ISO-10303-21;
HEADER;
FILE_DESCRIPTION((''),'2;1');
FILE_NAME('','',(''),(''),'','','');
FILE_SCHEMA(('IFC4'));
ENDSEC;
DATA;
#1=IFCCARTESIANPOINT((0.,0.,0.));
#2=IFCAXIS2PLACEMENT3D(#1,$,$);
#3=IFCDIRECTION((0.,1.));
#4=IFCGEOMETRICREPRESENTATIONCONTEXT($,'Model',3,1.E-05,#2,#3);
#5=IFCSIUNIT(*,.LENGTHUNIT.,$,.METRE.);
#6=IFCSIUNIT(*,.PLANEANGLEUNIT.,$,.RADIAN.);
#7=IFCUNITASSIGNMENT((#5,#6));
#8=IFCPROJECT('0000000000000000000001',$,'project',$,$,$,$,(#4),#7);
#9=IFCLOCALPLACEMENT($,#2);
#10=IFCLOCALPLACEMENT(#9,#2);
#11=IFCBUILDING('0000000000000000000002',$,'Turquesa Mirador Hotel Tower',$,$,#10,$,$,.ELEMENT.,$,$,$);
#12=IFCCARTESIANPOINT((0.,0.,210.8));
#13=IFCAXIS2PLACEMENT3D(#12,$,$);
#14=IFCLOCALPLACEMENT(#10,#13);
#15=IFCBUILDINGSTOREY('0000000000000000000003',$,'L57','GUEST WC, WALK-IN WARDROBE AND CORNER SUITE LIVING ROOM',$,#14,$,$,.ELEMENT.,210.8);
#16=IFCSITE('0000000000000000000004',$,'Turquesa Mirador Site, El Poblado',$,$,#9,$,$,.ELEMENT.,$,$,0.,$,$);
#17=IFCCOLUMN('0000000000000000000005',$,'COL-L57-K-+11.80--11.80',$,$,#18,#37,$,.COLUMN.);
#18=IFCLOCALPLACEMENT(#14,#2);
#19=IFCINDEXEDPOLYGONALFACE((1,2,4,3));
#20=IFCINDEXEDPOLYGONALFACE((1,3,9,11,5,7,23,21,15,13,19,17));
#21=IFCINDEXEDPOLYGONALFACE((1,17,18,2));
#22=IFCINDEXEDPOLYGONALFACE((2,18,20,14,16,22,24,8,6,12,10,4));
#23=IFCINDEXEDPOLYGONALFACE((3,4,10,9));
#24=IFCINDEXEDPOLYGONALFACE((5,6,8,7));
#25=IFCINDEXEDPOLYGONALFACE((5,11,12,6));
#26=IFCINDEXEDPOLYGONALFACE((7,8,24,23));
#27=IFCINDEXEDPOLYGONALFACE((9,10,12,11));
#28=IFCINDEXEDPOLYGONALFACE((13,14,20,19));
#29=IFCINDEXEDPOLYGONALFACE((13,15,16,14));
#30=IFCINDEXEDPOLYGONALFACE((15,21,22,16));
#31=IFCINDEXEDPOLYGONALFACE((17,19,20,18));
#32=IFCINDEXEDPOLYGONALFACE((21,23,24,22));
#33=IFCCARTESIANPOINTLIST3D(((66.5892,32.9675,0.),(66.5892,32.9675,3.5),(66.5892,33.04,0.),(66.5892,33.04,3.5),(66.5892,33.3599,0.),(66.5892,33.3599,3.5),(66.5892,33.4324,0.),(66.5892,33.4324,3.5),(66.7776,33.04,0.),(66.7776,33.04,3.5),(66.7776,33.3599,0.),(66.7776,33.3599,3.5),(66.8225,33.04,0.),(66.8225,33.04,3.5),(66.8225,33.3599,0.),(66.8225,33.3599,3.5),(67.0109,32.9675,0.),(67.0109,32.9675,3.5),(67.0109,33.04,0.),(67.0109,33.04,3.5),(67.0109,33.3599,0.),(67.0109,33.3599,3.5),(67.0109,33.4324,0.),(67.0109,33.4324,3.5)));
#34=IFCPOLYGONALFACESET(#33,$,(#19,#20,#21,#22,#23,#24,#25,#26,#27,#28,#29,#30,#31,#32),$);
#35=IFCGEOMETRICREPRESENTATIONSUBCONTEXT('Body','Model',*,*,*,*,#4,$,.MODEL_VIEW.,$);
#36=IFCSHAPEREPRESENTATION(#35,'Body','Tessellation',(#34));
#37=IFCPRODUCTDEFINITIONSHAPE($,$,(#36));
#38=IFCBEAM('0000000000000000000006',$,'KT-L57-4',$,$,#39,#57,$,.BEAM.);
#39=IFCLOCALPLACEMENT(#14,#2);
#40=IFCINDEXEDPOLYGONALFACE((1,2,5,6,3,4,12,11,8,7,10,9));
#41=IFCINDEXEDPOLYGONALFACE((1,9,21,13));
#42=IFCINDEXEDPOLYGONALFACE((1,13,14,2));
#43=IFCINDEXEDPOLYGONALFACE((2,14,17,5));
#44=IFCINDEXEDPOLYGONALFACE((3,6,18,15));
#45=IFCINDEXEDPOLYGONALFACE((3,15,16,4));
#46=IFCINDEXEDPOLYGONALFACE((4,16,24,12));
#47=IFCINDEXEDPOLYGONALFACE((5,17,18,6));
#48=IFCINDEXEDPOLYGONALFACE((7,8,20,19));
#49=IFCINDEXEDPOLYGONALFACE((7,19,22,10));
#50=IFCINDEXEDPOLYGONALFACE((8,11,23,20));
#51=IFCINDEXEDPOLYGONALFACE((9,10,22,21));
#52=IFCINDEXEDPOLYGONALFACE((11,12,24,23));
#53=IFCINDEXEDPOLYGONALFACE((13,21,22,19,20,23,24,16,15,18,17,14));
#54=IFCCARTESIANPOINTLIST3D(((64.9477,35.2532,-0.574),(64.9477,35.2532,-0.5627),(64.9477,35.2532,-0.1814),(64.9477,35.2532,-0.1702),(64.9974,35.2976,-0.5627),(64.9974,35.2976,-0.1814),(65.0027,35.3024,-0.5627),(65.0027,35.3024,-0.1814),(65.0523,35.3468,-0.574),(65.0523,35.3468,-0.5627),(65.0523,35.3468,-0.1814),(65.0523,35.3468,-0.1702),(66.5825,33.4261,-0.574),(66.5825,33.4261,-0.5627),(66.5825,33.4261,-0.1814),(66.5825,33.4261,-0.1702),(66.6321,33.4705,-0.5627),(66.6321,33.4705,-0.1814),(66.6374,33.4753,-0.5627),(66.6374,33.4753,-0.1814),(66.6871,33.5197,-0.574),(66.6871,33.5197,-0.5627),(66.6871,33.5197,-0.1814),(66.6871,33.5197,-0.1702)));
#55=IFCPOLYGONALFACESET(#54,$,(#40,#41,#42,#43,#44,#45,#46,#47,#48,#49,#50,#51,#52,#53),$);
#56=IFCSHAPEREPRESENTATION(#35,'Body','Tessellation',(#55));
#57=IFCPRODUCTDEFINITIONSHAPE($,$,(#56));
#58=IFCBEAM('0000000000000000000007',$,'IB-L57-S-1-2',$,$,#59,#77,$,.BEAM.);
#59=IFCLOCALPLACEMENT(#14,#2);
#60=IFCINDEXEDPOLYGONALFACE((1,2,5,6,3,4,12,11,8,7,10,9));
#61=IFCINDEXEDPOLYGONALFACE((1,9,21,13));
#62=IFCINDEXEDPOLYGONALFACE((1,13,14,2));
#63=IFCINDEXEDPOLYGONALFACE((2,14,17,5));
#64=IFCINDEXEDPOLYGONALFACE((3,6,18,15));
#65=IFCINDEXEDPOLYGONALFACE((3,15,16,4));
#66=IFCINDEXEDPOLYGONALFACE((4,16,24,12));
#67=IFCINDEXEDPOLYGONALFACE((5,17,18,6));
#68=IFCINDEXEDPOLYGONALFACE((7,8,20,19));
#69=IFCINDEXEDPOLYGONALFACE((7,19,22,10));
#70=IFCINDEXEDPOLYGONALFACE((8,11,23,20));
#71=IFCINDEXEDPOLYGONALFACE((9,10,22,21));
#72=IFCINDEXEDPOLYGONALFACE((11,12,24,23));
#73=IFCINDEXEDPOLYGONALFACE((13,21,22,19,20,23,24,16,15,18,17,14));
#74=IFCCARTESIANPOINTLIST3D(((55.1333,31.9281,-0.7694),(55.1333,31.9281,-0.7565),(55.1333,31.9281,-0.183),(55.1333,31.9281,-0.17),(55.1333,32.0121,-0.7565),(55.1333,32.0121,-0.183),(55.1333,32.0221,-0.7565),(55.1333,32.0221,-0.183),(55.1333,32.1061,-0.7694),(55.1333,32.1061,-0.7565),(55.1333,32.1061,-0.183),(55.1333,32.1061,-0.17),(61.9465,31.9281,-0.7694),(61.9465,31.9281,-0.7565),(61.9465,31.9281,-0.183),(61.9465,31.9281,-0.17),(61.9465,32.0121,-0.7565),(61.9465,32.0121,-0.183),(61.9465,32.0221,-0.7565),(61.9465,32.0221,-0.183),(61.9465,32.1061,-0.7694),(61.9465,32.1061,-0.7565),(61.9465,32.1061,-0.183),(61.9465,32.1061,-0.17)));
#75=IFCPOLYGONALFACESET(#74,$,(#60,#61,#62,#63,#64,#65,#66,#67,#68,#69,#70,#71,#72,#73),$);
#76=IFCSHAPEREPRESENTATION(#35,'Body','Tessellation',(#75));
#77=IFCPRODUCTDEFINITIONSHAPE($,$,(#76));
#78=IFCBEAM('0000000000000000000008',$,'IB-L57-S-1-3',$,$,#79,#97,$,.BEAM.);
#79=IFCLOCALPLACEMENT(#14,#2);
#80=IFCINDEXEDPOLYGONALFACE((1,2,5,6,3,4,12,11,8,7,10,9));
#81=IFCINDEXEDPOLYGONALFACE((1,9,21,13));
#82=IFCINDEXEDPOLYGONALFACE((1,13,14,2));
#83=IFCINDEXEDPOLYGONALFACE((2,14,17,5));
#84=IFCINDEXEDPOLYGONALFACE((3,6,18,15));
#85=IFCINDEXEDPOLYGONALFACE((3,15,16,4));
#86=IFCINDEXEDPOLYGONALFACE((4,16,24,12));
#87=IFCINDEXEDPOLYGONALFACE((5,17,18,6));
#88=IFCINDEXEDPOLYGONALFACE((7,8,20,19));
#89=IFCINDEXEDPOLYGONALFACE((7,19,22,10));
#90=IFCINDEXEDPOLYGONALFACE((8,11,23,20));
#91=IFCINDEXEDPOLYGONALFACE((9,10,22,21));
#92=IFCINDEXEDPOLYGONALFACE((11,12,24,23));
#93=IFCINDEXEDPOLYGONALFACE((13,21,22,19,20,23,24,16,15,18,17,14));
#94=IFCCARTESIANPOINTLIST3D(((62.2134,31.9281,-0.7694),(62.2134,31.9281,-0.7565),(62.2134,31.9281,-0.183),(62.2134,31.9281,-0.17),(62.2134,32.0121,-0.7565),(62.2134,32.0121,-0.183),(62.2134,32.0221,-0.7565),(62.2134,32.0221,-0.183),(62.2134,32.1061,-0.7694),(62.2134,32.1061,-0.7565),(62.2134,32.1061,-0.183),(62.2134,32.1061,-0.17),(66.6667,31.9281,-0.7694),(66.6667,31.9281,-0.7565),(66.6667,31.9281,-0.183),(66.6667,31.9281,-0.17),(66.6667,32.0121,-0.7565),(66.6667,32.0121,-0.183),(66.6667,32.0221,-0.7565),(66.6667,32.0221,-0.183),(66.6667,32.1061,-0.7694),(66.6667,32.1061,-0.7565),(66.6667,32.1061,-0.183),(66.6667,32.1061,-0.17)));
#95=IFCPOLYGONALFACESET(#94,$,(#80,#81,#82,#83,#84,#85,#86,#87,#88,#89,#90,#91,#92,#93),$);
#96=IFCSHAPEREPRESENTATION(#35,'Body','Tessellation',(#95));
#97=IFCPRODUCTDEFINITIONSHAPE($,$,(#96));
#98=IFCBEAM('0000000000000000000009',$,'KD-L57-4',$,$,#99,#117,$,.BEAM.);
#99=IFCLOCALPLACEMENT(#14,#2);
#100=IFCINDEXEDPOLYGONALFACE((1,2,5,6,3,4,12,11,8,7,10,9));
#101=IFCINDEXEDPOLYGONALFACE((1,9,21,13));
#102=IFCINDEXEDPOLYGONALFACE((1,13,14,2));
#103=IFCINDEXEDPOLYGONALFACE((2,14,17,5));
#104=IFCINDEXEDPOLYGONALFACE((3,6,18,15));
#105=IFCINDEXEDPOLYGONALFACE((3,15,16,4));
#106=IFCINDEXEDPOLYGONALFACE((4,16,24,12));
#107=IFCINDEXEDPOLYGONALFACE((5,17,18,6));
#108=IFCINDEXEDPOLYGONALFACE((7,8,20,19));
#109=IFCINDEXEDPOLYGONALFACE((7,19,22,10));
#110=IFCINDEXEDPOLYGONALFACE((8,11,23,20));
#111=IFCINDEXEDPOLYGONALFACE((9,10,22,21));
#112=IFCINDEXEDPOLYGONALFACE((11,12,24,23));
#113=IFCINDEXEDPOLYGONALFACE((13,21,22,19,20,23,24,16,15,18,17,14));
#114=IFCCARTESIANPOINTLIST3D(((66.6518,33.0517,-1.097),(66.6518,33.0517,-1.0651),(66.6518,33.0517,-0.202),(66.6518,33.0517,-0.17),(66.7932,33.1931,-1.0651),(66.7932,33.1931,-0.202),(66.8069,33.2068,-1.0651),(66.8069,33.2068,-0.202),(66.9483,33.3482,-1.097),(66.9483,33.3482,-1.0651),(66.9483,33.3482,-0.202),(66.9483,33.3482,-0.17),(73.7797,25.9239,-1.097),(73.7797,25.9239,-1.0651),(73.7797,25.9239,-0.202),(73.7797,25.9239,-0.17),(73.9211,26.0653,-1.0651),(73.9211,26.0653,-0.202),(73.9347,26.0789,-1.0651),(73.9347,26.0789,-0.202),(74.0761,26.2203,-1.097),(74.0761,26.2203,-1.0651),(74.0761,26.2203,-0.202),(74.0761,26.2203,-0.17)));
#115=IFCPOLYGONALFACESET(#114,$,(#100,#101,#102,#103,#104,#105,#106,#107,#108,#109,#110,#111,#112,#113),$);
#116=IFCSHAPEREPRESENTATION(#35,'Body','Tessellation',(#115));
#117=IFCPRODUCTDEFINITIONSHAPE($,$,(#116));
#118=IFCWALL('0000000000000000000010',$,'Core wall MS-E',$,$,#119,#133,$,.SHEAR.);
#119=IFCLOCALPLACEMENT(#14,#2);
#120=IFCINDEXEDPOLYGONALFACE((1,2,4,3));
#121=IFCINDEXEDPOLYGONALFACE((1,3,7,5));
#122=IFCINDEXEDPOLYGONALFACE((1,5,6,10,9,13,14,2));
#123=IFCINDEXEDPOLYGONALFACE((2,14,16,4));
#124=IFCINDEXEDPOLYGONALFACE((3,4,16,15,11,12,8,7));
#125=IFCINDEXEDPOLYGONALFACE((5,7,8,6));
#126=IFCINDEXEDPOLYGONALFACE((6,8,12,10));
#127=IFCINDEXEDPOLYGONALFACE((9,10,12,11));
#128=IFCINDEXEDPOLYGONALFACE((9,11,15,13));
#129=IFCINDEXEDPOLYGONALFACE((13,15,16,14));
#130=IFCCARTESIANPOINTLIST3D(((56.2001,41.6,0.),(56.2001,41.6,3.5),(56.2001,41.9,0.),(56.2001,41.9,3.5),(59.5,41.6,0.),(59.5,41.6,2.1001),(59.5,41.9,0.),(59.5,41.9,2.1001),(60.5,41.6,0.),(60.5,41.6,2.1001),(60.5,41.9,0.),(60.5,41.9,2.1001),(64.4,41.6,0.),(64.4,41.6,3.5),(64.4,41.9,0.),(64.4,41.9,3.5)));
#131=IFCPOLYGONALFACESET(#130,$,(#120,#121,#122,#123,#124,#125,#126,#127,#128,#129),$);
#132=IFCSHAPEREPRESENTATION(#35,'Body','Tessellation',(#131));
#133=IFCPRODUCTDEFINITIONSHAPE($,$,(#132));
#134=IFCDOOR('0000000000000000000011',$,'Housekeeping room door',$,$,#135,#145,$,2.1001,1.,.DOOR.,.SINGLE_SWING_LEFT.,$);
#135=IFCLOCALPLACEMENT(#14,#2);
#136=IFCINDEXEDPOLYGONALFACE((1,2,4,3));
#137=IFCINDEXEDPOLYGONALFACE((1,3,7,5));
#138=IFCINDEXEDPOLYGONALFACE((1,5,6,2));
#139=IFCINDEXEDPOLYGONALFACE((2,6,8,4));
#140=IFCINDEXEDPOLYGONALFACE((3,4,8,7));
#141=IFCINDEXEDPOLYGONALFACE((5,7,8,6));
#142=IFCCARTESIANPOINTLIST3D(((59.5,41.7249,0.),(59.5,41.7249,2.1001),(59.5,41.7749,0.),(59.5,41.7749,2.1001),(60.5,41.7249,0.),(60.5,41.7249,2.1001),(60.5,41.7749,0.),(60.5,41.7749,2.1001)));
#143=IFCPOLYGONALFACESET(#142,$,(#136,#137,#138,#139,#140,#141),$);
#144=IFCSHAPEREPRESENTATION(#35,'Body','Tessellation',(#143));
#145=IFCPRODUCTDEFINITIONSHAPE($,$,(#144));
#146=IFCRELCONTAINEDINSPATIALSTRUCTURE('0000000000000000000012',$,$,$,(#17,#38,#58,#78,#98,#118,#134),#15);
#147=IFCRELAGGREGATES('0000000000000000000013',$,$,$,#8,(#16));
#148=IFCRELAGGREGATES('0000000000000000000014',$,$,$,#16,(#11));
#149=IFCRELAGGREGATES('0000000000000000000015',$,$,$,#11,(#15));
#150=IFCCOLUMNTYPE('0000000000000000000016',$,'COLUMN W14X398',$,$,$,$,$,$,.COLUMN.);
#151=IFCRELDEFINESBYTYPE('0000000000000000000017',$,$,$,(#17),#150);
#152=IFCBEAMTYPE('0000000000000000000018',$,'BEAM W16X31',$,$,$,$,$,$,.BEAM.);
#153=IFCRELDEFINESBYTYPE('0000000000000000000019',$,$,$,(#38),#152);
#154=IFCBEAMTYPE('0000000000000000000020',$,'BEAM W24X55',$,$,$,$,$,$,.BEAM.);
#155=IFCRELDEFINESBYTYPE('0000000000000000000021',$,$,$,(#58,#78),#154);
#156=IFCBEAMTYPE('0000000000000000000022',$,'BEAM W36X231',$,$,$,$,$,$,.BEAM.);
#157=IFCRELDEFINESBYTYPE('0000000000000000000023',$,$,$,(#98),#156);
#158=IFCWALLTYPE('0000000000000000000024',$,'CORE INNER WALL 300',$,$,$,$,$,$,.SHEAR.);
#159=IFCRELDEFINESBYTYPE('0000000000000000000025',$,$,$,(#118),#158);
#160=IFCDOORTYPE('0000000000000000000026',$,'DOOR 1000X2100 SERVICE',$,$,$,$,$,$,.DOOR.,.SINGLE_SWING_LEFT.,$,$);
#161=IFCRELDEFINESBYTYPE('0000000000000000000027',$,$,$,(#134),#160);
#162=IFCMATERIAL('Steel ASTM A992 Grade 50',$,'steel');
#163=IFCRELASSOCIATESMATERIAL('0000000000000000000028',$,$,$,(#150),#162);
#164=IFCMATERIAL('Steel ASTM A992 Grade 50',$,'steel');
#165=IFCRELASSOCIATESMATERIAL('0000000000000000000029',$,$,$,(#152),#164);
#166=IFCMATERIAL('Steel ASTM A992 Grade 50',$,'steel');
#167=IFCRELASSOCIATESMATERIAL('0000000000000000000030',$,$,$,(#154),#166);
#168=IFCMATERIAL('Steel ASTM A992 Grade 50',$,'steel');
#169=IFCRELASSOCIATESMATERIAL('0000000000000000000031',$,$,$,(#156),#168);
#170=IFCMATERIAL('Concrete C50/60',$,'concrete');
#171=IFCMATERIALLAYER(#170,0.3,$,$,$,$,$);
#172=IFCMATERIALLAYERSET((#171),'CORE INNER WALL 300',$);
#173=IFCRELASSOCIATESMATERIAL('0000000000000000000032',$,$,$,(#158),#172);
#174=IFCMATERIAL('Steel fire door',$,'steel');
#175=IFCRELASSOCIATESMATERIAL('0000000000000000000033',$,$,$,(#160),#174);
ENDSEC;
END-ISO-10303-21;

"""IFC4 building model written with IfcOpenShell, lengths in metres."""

from ifc_helpers import new_model, si_unit, direction, frame, frame_2d, origin, origin_2d, place, context, subcontext, project, spatial, rectangle, i_section, extrude, material, layer, layer_set, material_profile, profile_set, type_object, element, fill, save


model = new_model("IFC4")

# Units and contexts
model_context = context("Model", 3, precision=1e-05, world=origin(), true_north=direction((0.0, 1.0)))
body_context = subcontext(model_context, "Body", "Model", "MODEL_VIEW")
ifc_project = project(units=[si_unit("LENGTHUNIT", "METRE"), si_unit("PLANEANGLEUNIT", "RADIAN")], contexts=[model_context])

# Site, building, storey
site_placement = place(None, origin())
site = spatial("IfcSite", under=ifc_project, at=site_placement, Name="Turquesa Mirador Site, El Poblado", CompositionType="ELEMENT", RefElevation=0.0)
building_placement = place(site_placement, origin())
building = spatial("IfcBuilding", under=site, at=building_placement, Name="Turquesa Mirador Hotel Tower", CompositionType="ELEMENT")
storey_placement = place(building_placement, frame((0.0, 0.0, 210.8)))
storey = spatial("IfcBuildingStorey", under=building, at=storey_placement, Name="L57", Description="GUEST WC, WALK-IN WARDROBE AND CORNER SUITE LIVING ROOM", CompositionType="ELEMENT", Elevation=210.8)

# Column
ifc_material_1 = material(Name="Steel ASTM A992 Grade 50", Category="steel")
ifc_material_profile_1 = material_profile(ifc_material_1, i_section(OverallWidth=0.4216, OverallDepth=0.4648, WebThickness=0.0449, FlangeThickness=0.0725, at=origin_2d()), Name="W14X398")
ifc_profile_set_1 = profile_set([ifc_material_profile_1], Name="Steel ASTM A992 Grade 50")
column_type = type_object("IfcColumnType", Name="COLUMN W14X398", PredefinedType="COLUMN", material=ifc_profile_set_1)
column_placement = place(storey_placement, frame((66.8, 33.2, 0.0), z_axis=(0.0, 0.0, 1.0), x_axis=(1.0, 0.0, 0.0)))
element("IfcColumn", 1, at=column_placement, inside=storey, type_object=column_type, Name="COL-L57-K-+11.80--11.80", PredefinedType="COLUMN", context=body_context, shape_type="SweptSolid", body=[
    extrude(i_section(OverallWidth=0.4216, OverallDepth=0.4648, WebThickness=0.0449, FlangeThickness=0.0725, at=origin_2d()), origin(), (0.0, 0.0, 1.0), 3.5),
])

# Beams
ifc_material_2 = material(Name="Steel ASTM A992 Grade 50", Category="steel")
ifc_material_profile_2 = material_profile(ifc_material_2, i_section(OverallWidth=0.1404, OverallDepth=0.4038, WebThickness=0.0071, FlangeThickness=0.0112, at=origin_2d()), Name="W16X31")
ifc_profile_set_2 = profile_set([ifc_material_profile_2], Name="Steel ASTM A992 Grade 50")
beam_type_1 = type_object("IfcBeamType", Name="BEAM W16X31", PredefinedType="BEAM", material=ifc_profile_set_2)
beam_1_placement = place(storey_placement, frame((66.6348, 33.4729, -0.3721), z_axis=(-0.666783, 0.745252, 0.0), x_axis=(-0.745252, -0.666783, 0.0)))
element("IfcBeam", 2, at=beam_1_placement, inside=storey, type_object=beam_type_1, Name="KT-L57-4", PredefinedType="BEAM", context=body_context, shape_type="SweptSolid", body=[
    extrude(i_section(OverallWidth=0.1404, OverallDepth=0.4038, WebThickness=0.0071, FlangeThickness=0.0112, at=origin_2d()), origin(), (0.0, 0.0, 1.0), 2.4517),
])
ifc_material_3 = material(Name="Steel ASTM A992 Grade 50", Category="steel")
ifc_material_profile_3 = material_profile(ifc_material_3, i_section(OverallWidth=0.178, OverallDepth=0.5994, WebThickness=0.01, FlangeThickness=0.0129, at=origin_2d()), Name="W24X55")
ifc_profile_set_3 = profile_set([ifc_material_profile_3], Name="Steel ASTM A992 Grade 50")
beam_type_2 = type_object("IfcBeamType", Name="BEAM W24X55", PredefinedType="BEAM", material=ifc_profile_set_3)
beam_2_placement = place(storey_placement, frame((55.1333, 32.0171, -0.4697), z_axis=(1.0, 0.0, 0.0), x_axis=(0.0, 1.0, 0.0)))
element("IfcBeam", 3, at=beam_2_placement, inside=storey, type_object=beam_type_2, Name="IB-L57-S-1-2", PredefinedType="BEAM", context=body_context, shape_type="SweptSolid", body=[
    extrude(i_section(OverallWidth=0.178, OverallDepth=0.5994, WebThickness=0.01, FlangeThickness=0.0129, at=origin_2d()), origin(), (0.0, 0.0, 1.0), 6.8132),
])
beam_3_placement = place(storey_placement, frame((62.2134, 32.0171, -0.4697), z_axis=(1.0, 0.0, 0.0), x_axis=(0.0, 1.0, 0.0)))
element("IfcBeam", 4, at=beam_3_placement, inside=storey, type_object=beam_type_2, Name="IB-L57-S-1-3", PredefinedType="BEAM", context=body_context, shape_type="SweptSolid", body=[
    extrude(i_section(OverallWidth=0.178, OverallDepth=0.5994, WebThickness=0.01, FlangeThickness=0.0129, at=origin_2d()), origin(), (0.0, 0.0, 1.0), 4.4534),
])
ifc_material_4 = material(Name="Steel ASTM A992 Grade 50", Category="steel")
ifc_material_profile_4 = material_profile(ifc_material_4, i_section(OverallWidth=0.4192, OverallDepth=0.927, WebThickness=0.0193, FlangeThickness=0.032, at=origin_2d()), Name="W36X231")
ifc_profile_set_4 = profile_set([ifc_material_profile_4], Name="Steel ASTM A992 Grade 50")
beam_type_3 = type_object("IfcBeamType", Name="BEAM W36X231", PredefinedType="BEAM", material=ifc_profile_set_4)
beam_4_placement = place(storey_placement, frame((66.8, 33.2, -0.6335), z_axis=(0.707107, -0.707107, 0.0), x_axis=(0.707107, 0.707107, 0.0)))
element("IfcBeam", 5, at=beam_4_placement, inside=storey, type_object=beam_type_3, Name="KD-L57-4", PredefinedType="BEAM", context=body_context, shape_type="SweptSolid", body=[
    extrude(i_section(OverallWidth=0.4192, OverallDepth=0.927, WebThickness=0.0193, FlangeThickness=0.032, at=origin_2d()), origin(), (0.0, 0.0, 1.0), 10.0803),
])

# Wall, opening, door
ifc_material_5 = material(Name="Concrete C50/60", Category="concrete")
ifc_layer_1 = layer(ifc_material_5, 0.3)
ifc_layer_set_1 = layer_set([ifc_layer_1], Name="CORE INNER WALL 300")
wall_type_1 = type_object("IfcWallType", Name="CORE INNER WALL 300", PredefinedType="SHEAR", material=ifc_layer_set_1)
wall_1_placement = place(storey_placement, frame((56.2, 41.75, 0.0), z_axis=(0.0, 0.0, 1.0), x_axis=(1.0, 0.0, 0.0)))
wall_1 = element("IfcWall", 6, at=wall_1_placement, inside=storey, type_object=wall_type_1, Name="Core wall MS-E", PredefinedType="SHEAR", context=body_context, shape_type="SweptSolid", body=[
    extrude(rectangle(XDim=8.2, YDim=0.3, at=frame_2d((4.1001, 0.0))), origin(), (0.0, 0.0, 1.0), 3.5),
])
opening_1_placement = place(wall_1_placement, frame((3.3, 0.0, 0.0)))
opening_1 = element("IfcOpeningElement", 7, at=opening_1_placement, cuts=wall_1, PredefinedType="OPENING", context=body_context, shape_type="SweptSolid", body=[
    extrude(rectangle(XDim=1.0, YDim=2.1001, at=frame_2d((0.5, 1.05))), frame((0.0, 0.1599, 0.0), z_axis=(0.0, -1.0, 0.0), x_axis=(1.0, 0.0, 0.0)), (0.0, 0.0, 1.0), 0.3201),
])
ifc_material_6 = material(Name="Steel fire door", Category="steel")
door_type_1 = type_object("IfcDoorType", Name="DOOR 1000X2100 SERVICE", OperationType="SINGLE_SWING_LEFT", PredefinedType="DOOR", material=ifc_material_6)
door_1_placement = place(opening_1_placement, origin())
door_1 = element("IfcDoor", 8, at=door_1_placement, inside=storey, type_object=door_type_1, Name="Housekeeping room door", OperationType="SINGLE_SWING_LEFT", OverallHeight=2.1001, OverallWidth=1.0, PredefinedType="DOOR", context=body_context, shape_type="SweptSolid", body=[
    extrude(rectangle(XDim=1.0, YDim=2.1001, at=frame_2d((0.5, 1.05))), frame((0.0, 0.0249, 0.0), z_axis=(0.0, -1.0, 0.0), x_axis=(1.0, 0.0, 0.0)), (0.0, 0.0, 1.0), 0.05),
])
fill(opening_1, door_1)

save(model, "model.ifc")
